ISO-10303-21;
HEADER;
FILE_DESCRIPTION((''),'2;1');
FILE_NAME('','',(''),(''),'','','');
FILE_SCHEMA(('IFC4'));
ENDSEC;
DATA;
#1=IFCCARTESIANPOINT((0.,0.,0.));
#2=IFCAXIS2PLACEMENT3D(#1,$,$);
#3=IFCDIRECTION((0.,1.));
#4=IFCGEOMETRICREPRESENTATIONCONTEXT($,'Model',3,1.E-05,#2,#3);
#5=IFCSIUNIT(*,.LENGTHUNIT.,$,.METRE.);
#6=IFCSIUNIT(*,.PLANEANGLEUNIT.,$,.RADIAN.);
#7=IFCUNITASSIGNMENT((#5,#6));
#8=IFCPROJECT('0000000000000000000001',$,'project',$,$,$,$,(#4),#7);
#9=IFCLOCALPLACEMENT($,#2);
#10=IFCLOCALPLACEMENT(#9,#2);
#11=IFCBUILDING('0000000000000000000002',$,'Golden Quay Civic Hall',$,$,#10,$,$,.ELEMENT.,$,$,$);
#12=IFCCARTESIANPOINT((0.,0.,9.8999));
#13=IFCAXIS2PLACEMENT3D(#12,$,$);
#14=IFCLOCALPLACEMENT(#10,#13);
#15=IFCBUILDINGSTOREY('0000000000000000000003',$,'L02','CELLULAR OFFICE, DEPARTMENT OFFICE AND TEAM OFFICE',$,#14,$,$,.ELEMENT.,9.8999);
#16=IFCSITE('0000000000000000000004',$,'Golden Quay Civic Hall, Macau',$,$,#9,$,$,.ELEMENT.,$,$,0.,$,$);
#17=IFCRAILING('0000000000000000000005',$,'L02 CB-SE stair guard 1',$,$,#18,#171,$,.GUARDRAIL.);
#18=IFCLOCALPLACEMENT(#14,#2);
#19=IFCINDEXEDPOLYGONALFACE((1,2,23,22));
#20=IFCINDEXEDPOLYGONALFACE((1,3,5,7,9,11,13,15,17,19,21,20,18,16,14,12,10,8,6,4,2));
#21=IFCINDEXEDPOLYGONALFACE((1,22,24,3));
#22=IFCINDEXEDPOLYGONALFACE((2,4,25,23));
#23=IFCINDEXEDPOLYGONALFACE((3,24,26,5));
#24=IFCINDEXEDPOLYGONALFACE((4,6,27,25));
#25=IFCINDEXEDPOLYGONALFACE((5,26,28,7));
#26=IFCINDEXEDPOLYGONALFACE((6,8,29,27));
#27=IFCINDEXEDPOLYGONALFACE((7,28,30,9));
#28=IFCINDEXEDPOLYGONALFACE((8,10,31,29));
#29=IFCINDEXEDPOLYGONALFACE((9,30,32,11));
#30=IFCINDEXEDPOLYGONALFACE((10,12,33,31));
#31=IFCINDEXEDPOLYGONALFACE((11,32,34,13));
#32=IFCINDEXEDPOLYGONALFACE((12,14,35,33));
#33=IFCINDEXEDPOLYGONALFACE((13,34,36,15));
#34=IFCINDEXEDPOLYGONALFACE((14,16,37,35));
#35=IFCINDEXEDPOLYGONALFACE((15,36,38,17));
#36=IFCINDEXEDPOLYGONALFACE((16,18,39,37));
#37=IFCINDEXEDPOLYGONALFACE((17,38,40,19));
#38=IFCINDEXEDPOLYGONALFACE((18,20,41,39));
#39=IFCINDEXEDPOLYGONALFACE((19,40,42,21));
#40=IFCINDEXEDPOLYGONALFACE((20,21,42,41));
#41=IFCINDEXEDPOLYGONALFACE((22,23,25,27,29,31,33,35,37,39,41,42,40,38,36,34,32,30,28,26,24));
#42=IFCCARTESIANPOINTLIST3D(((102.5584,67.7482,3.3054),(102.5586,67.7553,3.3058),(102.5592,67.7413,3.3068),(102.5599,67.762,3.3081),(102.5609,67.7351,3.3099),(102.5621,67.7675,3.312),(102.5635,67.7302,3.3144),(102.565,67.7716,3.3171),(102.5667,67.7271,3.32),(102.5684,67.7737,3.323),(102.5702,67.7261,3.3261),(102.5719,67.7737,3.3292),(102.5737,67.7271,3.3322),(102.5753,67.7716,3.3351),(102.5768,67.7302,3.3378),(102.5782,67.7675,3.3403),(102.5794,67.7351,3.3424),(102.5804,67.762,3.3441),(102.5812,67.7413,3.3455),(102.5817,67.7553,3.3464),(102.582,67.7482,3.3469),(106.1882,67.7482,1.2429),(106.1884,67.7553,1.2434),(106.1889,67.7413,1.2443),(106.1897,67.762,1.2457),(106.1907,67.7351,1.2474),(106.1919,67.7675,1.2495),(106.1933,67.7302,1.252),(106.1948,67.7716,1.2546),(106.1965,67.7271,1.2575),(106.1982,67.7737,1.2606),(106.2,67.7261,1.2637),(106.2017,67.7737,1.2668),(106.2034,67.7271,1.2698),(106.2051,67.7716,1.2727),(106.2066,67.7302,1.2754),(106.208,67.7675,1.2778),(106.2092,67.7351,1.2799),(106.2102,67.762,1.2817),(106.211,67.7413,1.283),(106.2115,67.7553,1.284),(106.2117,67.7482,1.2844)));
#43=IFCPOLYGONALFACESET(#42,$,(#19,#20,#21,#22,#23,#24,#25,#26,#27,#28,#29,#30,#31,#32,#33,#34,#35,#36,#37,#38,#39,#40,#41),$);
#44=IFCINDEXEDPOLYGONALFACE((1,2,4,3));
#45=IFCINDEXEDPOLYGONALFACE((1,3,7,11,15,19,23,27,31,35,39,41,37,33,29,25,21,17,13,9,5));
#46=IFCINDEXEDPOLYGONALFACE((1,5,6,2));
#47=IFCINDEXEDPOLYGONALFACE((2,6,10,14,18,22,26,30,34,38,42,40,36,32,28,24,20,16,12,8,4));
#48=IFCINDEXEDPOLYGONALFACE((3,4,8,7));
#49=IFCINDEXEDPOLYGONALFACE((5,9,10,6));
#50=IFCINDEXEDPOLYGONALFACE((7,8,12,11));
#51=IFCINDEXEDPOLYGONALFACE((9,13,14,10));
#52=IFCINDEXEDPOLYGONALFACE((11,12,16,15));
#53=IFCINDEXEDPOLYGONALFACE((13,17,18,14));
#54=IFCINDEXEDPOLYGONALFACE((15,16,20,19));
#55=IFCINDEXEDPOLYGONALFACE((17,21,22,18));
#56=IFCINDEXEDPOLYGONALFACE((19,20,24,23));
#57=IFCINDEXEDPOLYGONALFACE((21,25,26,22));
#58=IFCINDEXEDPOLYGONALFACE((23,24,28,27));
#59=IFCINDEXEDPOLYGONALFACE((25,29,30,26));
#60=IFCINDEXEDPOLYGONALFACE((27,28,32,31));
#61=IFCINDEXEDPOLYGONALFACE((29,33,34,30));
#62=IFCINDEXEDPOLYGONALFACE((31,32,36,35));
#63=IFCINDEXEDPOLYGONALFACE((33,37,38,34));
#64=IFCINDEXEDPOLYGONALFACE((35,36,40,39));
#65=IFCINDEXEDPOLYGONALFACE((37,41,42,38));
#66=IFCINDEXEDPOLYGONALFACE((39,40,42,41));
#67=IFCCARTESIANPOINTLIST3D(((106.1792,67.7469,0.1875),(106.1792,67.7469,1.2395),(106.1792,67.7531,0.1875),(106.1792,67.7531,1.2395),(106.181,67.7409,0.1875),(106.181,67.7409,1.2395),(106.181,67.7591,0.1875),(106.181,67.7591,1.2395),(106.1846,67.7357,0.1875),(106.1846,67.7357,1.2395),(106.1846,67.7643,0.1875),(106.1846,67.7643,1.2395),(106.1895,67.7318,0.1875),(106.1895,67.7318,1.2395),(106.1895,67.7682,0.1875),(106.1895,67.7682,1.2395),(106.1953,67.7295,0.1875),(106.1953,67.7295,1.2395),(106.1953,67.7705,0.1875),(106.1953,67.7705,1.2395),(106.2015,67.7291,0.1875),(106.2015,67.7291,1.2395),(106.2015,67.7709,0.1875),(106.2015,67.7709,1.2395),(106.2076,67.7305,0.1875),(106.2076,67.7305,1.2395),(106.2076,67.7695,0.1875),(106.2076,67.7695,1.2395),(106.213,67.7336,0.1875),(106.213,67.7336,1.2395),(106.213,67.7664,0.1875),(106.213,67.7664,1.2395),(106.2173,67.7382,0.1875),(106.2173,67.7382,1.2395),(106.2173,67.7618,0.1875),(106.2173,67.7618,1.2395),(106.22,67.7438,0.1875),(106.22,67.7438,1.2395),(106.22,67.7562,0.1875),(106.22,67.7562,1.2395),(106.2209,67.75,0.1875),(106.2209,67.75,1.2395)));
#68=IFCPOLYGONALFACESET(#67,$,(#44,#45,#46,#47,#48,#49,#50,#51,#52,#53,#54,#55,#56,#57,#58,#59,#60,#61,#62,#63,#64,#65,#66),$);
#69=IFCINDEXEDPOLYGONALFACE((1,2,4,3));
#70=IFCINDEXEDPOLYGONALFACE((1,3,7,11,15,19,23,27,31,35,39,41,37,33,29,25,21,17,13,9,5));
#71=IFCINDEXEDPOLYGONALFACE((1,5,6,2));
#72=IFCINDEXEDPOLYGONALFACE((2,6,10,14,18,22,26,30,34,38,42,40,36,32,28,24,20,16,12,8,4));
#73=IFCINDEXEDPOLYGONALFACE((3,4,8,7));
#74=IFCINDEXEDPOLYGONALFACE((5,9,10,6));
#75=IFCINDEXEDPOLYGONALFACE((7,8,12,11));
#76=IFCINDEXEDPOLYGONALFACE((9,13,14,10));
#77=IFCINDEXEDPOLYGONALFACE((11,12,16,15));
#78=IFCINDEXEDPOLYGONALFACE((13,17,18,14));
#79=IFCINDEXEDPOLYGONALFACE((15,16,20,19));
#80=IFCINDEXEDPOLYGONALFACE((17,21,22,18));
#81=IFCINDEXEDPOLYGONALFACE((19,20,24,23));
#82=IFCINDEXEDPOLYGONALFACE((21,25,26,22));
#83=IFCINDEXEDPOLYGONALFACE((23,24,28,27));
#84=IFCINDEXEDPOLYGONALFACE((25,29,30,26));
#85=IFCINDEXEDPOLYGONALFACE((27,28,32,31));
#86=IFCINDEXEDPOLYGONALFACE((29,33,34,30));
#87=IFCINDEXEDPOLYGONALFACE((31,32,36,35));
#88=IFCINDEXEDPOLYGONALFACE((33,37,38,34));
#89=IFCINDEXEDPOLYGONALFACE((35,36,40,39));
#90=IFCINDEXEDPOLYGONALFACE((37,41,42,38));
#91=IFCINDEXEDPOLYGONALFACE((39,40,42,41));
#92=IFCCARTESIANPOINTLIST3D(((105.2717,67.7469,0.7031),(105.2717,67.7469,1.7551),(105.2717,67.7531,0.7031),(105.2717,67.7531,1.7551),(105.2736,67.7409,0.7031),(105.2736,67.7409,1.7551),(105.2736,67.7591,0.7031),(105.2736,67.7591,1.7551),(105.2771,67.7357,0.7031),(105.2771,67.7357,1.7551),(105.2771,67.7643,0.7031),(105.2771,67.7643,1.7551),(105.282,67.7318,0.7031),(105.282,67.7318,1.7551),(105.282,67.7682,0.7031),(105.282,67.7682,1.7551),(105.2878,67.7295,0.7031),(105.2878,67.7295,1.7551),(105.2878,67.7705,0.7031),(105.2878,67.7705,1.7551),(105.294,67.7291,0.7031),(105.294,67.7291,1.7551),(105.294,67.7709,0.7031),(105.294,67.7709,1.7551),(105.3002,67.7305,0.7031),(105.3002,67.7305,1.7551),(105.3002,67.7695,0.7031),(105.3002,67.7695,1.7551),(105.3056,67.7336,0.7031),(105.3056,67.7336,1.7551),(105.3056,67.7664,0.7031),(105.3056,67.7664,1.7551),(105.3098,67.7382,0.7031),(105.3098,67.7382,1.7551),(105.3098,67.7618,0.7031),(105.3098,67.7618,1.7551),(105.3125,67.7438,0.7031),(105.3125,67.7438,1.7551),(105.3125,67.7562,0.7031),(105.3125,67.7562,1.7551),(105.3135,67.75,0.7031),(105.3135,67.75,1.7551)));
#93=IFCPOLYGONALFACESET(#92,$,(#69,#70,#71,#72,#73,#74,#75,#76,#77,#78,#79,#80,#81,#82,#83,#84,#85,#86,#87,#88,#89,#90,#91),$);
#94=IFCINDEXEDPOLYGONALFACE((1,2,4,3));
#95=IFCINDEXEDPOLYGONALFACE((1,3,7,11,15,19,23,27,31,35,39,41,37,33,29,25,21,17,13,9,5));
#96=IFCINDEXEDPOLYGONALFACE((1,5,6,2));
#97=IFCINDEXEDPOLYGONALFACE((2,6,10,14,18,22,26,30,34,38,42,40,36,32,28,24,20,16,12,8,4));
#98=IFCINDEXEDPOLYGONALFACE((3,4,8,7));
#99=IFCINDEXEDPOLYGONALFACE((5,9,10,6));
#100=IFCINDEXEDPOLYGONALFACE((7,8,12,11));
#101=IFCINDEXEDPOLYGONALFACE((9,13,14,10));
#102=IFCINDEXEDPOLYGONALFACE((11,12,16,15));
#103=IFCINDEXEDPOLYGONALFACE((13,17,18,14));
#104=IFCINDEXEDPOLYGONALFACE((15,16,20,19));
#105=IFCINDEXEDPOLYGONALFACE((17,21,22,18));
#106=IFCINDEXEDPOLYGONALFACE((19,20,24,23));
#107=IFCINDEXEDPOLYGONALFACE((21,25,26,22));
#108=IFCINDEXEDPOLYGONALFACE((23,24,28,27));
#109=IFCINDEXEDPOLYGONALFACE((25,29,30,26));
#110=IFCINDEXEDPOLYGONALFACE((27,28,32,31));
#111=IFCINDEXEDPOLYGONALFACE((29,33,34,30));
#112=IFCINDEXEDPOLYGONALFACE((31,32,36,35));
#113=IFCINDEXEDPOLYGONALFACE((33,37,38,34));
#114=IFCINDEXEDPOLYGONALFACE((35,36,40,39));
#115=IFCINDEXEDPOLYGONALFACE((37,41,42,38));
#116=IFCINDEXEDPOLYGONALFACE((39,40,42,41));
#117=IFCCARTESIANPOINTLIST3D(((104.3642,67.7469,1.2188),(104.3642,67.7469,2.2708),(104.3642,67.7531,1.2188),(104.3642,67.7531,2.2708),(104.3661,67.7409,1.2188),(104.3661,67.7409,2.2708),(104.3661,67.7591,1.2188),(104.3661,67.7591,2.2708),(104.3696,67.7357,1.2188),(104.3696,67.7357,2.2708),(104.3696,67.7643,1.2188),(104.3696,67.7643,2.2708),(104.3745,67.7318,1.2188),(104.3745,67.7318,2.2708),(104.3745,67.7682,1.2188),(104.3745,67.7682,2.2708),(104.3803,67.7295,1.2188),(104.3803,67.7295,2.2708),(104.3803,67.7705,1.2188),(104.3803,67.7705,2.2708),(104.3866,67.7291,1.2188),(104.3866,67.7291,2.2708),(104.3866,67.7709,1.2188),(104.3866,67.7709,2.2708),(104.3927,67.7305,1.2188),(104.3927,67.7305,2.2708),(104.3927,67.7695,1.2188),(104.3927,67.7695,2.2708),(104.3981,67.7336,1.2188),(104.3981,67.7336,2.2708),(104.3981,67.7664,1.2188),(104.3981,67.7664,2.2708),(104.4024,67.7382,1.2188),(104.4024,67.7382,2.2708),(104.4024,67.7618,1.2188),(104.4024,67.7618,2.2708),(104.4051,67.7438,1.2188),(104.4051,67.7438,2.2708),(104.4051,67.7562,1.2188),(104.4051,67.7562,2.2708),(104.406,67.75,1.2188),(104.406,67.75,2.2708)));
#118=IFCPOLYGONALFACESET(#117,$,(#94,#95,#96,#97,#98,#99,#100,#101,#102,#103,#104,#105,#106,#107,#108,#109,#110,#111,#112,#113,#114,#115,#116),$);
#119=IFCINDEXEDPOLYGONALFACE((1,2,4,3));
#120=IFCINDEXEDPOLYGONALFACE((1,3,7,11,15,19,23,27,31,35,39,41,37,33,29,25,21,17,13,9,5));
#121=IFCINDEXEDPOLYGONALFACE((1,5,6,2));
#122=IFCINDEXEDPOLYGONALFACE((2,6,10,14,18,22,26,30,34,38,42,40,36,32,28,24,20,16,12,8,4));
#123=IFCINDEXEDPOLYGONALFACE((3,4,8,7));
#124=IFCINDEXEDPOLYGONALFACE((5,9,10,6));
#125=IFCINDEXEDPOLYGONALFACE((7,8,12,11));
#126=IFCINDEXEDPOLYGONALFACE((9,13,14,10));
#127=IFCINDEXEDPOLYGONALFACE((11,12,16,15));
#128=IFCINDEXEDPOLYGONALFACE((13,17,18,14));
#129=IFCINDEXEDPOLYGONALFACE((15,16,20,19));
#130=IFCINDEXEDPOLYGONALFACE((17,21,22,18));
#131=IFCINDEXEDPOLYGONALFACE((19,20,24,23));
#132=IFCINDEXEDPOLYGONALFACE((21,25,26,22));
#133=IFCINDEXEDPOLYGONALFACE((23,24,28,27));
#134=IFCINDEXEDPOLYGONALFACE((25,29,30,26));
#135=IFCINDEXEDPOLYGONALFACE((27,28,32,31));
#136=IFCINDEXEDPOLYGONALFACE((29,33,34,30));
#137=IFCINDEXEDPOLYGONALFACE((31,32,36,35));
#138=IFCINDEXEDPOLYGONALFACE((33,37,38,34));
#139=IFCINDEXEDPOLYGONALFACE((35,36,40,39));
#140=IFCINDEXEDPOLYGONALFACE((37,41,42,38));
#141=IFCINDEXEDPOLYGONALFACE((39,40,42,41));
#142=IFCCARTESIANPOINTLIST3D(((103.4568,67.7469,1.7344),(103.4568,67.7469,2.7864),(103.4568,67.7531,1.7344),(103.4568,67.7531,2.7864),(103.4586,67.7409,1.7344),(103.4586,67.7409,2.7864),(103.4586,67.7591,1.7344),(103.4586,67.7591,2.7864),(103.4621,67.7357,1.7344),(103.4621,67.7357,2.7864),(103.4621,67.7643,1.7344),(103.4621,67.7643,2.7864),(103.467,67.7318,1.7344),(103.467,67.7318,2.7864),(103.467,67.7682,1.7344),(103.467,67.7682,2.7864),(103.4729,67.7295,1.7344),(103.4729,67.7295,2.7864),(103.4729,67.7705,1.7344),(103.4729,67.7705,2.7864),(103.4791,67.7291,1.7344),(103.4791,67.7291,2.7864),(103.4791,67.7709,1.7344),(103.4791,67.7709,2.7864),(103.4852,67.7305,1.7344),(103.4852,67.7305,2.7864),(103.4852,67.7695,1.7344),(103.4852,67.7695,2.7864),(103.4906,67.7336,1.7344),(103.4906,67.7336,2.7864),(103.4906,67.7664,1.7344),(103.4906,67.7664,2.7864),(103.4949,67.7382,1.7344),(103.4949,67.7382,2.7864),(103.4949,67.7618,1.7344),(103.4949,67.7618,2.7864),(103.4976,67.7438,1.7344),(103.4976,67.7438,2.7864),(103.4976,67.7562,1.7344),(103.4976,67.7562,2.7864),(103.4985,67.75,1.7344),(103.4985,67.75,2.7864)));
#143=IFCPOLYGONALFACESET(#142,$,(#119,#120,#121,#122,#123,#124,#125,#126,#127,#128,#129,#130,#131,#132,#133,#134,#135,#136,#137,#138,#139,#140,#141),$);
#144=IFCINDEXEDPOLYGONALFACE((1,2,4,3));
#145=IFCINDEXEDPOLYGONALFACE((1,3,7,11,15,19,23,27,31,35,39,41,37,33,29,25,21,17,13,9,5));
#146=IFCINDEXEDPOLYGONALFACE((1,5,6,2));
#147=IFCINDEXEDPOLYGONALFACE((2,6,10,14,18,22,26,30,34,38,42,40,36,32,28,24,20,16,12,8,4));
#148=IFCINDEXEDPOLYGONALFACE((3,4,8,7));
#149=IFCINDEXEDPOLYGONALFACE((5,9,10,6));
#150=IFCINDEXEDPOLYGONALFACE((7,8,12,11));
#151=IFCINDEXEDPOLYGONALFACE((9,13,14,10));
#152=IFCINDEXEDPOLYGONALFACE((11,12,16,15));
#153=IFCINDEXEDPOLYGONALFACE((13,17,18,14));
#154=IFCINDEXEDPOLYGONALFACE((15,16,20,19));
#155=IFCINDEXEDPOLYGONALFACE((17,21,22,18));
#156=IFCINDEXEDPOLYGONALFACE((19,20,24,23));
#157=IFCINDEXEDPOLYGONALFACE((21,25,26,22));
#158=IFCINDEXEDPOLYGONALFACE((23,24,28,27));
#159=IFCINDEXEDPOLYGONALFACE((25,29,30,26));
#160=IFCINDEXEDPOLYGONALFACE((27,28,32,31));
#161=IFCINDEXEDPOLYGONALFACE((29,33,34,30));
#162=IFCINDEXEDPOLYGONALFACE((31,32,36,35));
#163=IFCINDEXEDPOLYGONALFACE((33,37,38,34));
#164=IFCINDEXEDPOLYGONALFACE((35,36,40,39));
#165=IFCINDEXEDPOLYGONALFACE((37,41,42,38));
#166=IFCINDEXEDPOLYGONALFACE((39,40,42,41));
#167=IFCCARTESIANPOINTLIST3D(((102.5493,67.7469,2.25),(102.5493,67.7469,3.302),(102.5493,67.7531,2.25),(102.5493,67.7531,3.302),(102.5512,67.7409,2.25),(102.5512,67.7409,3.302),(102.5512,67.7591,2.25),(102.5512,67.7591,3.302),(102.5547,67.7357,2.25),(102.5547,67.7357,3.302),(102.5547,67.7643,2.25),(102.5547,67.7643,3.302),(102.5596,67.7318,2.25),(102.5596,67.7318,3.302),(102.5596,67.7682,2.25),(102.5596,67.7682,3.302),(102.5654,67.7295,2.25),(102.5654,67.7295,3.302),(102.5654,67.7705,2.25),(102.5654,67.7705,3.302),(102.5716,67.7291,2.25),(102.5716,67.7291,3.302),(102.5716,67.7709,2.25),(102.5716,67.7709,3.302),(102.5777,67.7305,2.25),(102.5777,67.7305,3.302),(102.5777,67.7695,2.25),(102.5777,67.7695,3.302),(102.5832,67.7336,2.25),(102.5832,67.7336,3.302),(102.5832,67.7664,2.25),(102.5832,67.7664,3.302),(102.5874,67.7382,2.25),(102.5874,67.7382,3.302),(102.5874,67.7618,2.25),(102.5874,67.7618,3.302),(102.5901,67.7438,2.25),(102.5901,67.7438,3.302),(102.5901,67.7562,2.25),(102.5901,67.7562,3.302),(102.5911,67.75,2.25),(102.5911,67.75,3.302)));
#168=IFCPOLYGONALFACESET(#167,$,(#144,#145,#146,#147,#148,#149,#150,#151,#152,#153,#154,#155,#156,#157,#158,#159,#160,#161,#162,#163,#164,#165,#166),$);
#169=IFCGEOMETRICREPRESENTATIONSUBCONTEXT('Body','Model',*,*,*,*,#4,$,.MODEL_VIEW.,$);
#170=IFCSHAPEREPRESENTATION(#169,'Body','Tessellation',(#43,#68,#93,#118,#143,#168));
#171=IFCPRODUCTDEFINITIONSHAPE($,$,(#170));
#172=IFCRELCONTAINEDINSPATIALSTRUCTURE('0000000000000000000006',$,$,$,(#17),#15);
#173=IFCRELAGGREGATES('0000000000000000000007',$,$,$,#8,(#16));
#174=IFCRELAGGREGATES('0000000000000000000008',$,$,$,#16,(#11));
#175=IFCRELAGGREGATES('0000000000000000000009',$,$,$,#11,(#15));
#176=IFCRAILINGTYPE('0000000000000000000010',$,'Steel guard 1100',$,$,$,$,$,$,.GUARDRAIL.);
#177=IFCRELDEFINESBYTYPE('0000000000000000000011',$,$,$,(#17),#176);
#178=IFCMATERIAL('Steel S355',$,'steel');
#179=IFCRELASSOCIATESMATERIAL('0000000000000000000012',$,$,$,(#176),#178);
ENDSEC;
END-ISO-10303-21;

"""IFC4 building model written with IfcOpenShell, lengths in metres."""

from ifc_helpers import new_model, si_unit, direction, frame, origin, origin_2d, place, context, subcontext, project, spatial, circle, extrude, material, type_object, element, save


model = new_model("IFC4")

# Units and contexts
model_context = context("Model", 3, precision=1e-05, world=origin(), true_north=direction((0.0, 1.0)))
body_context = subcontext(model_context, "Body", "Model", "MODEL_VIEW")
ifc_project = project(units=[si_unit("LENGTHUNIT", "METRE"), si_unit("PLANEANGLEUNIT", "RADIAN")], contexts=[model_context])

# Site, building, storey
site_placement = place(None, origin())
site = spatial("IfcSite", under=ifc_project, at=site_placement, Name="Golden Quay Civic Hall, Macau", CompositionType="ELEMENT", RefElevation=0.0)
building_placement = place(site_placement, origin())
building = spatial("IfcBuilding", under=site, at=building_placement, Name="Golden Quay Civic Hall", CompositionType="ELEMENT")
storey_placement = place(building_placement, frame((0.0, 0.0, 9.8999)))
storey = spatial("IfcBuildingStorey", under=building, at=storey_placement, Name="L02", Description="CELLULAR OFFICE, DEPARTMENT OFFICE AND TEAM OFFICE", CompositionType="ELEMENT", Elevation=9.8999)

# Railing
ifc_material_1 = material(Name="Steel S355", Category="steel")
railing_type_1 = type_object("IfcRailingType", Name="Steel guard 1100", PredefinedType="GUARDRAIL", material=ifc_material_1)
railing_1_placement = place(storey_placement, frame((106.2, 67.75, 0.1875)))
element("IfcRailing", 1, at=railing_1_placement, inside=storey, type_object=railing_type_1, Name="L02 CB-SE stair guard 1", PredefinedType="GUARDRAIL", context=body_context, shape_type="SweptSolid", body=[
    extrude(circle(Radius=0.0239, at=origin_2d()), frame((0.0, 0.0, 1.0762), z_axis=(-0.86945, 0.0, 0.494021), x_axis=(0.0, -1.0, 0.0)), (0.0, 0.0, 1.0), 4.1748),
    extrude(circle(Radius=0.021, at=origin_2d()), origin(), (0.0, 0.0, 1.0), 1.052),
    extrude(circle(Radius=0.021, at=origin_2d()), frame((-0.9075, 0.0, 0.5156)), (0.0, 0.0, 1.0), 1.052),
    extrude(circle(Radius=0.021, at=origin_2d()), frame((-1.8149, 0.0, 1.0312)), (0.0, 0.0, 1.0), 1.052),
    extrude(circle(Radius=0.021, at=origin_2d()), frame((-2.7224, 0.0, 1.5469)), (0.0, 0.0, 1.0), 1.052),
    extrude(circle(Radius=0.021, at=origin_2d()), frame((-3.6299, 0.0, 2.0625)), (0.0, 0.0, 1.0), 1.052),
])

save(model, "model.ifc")
